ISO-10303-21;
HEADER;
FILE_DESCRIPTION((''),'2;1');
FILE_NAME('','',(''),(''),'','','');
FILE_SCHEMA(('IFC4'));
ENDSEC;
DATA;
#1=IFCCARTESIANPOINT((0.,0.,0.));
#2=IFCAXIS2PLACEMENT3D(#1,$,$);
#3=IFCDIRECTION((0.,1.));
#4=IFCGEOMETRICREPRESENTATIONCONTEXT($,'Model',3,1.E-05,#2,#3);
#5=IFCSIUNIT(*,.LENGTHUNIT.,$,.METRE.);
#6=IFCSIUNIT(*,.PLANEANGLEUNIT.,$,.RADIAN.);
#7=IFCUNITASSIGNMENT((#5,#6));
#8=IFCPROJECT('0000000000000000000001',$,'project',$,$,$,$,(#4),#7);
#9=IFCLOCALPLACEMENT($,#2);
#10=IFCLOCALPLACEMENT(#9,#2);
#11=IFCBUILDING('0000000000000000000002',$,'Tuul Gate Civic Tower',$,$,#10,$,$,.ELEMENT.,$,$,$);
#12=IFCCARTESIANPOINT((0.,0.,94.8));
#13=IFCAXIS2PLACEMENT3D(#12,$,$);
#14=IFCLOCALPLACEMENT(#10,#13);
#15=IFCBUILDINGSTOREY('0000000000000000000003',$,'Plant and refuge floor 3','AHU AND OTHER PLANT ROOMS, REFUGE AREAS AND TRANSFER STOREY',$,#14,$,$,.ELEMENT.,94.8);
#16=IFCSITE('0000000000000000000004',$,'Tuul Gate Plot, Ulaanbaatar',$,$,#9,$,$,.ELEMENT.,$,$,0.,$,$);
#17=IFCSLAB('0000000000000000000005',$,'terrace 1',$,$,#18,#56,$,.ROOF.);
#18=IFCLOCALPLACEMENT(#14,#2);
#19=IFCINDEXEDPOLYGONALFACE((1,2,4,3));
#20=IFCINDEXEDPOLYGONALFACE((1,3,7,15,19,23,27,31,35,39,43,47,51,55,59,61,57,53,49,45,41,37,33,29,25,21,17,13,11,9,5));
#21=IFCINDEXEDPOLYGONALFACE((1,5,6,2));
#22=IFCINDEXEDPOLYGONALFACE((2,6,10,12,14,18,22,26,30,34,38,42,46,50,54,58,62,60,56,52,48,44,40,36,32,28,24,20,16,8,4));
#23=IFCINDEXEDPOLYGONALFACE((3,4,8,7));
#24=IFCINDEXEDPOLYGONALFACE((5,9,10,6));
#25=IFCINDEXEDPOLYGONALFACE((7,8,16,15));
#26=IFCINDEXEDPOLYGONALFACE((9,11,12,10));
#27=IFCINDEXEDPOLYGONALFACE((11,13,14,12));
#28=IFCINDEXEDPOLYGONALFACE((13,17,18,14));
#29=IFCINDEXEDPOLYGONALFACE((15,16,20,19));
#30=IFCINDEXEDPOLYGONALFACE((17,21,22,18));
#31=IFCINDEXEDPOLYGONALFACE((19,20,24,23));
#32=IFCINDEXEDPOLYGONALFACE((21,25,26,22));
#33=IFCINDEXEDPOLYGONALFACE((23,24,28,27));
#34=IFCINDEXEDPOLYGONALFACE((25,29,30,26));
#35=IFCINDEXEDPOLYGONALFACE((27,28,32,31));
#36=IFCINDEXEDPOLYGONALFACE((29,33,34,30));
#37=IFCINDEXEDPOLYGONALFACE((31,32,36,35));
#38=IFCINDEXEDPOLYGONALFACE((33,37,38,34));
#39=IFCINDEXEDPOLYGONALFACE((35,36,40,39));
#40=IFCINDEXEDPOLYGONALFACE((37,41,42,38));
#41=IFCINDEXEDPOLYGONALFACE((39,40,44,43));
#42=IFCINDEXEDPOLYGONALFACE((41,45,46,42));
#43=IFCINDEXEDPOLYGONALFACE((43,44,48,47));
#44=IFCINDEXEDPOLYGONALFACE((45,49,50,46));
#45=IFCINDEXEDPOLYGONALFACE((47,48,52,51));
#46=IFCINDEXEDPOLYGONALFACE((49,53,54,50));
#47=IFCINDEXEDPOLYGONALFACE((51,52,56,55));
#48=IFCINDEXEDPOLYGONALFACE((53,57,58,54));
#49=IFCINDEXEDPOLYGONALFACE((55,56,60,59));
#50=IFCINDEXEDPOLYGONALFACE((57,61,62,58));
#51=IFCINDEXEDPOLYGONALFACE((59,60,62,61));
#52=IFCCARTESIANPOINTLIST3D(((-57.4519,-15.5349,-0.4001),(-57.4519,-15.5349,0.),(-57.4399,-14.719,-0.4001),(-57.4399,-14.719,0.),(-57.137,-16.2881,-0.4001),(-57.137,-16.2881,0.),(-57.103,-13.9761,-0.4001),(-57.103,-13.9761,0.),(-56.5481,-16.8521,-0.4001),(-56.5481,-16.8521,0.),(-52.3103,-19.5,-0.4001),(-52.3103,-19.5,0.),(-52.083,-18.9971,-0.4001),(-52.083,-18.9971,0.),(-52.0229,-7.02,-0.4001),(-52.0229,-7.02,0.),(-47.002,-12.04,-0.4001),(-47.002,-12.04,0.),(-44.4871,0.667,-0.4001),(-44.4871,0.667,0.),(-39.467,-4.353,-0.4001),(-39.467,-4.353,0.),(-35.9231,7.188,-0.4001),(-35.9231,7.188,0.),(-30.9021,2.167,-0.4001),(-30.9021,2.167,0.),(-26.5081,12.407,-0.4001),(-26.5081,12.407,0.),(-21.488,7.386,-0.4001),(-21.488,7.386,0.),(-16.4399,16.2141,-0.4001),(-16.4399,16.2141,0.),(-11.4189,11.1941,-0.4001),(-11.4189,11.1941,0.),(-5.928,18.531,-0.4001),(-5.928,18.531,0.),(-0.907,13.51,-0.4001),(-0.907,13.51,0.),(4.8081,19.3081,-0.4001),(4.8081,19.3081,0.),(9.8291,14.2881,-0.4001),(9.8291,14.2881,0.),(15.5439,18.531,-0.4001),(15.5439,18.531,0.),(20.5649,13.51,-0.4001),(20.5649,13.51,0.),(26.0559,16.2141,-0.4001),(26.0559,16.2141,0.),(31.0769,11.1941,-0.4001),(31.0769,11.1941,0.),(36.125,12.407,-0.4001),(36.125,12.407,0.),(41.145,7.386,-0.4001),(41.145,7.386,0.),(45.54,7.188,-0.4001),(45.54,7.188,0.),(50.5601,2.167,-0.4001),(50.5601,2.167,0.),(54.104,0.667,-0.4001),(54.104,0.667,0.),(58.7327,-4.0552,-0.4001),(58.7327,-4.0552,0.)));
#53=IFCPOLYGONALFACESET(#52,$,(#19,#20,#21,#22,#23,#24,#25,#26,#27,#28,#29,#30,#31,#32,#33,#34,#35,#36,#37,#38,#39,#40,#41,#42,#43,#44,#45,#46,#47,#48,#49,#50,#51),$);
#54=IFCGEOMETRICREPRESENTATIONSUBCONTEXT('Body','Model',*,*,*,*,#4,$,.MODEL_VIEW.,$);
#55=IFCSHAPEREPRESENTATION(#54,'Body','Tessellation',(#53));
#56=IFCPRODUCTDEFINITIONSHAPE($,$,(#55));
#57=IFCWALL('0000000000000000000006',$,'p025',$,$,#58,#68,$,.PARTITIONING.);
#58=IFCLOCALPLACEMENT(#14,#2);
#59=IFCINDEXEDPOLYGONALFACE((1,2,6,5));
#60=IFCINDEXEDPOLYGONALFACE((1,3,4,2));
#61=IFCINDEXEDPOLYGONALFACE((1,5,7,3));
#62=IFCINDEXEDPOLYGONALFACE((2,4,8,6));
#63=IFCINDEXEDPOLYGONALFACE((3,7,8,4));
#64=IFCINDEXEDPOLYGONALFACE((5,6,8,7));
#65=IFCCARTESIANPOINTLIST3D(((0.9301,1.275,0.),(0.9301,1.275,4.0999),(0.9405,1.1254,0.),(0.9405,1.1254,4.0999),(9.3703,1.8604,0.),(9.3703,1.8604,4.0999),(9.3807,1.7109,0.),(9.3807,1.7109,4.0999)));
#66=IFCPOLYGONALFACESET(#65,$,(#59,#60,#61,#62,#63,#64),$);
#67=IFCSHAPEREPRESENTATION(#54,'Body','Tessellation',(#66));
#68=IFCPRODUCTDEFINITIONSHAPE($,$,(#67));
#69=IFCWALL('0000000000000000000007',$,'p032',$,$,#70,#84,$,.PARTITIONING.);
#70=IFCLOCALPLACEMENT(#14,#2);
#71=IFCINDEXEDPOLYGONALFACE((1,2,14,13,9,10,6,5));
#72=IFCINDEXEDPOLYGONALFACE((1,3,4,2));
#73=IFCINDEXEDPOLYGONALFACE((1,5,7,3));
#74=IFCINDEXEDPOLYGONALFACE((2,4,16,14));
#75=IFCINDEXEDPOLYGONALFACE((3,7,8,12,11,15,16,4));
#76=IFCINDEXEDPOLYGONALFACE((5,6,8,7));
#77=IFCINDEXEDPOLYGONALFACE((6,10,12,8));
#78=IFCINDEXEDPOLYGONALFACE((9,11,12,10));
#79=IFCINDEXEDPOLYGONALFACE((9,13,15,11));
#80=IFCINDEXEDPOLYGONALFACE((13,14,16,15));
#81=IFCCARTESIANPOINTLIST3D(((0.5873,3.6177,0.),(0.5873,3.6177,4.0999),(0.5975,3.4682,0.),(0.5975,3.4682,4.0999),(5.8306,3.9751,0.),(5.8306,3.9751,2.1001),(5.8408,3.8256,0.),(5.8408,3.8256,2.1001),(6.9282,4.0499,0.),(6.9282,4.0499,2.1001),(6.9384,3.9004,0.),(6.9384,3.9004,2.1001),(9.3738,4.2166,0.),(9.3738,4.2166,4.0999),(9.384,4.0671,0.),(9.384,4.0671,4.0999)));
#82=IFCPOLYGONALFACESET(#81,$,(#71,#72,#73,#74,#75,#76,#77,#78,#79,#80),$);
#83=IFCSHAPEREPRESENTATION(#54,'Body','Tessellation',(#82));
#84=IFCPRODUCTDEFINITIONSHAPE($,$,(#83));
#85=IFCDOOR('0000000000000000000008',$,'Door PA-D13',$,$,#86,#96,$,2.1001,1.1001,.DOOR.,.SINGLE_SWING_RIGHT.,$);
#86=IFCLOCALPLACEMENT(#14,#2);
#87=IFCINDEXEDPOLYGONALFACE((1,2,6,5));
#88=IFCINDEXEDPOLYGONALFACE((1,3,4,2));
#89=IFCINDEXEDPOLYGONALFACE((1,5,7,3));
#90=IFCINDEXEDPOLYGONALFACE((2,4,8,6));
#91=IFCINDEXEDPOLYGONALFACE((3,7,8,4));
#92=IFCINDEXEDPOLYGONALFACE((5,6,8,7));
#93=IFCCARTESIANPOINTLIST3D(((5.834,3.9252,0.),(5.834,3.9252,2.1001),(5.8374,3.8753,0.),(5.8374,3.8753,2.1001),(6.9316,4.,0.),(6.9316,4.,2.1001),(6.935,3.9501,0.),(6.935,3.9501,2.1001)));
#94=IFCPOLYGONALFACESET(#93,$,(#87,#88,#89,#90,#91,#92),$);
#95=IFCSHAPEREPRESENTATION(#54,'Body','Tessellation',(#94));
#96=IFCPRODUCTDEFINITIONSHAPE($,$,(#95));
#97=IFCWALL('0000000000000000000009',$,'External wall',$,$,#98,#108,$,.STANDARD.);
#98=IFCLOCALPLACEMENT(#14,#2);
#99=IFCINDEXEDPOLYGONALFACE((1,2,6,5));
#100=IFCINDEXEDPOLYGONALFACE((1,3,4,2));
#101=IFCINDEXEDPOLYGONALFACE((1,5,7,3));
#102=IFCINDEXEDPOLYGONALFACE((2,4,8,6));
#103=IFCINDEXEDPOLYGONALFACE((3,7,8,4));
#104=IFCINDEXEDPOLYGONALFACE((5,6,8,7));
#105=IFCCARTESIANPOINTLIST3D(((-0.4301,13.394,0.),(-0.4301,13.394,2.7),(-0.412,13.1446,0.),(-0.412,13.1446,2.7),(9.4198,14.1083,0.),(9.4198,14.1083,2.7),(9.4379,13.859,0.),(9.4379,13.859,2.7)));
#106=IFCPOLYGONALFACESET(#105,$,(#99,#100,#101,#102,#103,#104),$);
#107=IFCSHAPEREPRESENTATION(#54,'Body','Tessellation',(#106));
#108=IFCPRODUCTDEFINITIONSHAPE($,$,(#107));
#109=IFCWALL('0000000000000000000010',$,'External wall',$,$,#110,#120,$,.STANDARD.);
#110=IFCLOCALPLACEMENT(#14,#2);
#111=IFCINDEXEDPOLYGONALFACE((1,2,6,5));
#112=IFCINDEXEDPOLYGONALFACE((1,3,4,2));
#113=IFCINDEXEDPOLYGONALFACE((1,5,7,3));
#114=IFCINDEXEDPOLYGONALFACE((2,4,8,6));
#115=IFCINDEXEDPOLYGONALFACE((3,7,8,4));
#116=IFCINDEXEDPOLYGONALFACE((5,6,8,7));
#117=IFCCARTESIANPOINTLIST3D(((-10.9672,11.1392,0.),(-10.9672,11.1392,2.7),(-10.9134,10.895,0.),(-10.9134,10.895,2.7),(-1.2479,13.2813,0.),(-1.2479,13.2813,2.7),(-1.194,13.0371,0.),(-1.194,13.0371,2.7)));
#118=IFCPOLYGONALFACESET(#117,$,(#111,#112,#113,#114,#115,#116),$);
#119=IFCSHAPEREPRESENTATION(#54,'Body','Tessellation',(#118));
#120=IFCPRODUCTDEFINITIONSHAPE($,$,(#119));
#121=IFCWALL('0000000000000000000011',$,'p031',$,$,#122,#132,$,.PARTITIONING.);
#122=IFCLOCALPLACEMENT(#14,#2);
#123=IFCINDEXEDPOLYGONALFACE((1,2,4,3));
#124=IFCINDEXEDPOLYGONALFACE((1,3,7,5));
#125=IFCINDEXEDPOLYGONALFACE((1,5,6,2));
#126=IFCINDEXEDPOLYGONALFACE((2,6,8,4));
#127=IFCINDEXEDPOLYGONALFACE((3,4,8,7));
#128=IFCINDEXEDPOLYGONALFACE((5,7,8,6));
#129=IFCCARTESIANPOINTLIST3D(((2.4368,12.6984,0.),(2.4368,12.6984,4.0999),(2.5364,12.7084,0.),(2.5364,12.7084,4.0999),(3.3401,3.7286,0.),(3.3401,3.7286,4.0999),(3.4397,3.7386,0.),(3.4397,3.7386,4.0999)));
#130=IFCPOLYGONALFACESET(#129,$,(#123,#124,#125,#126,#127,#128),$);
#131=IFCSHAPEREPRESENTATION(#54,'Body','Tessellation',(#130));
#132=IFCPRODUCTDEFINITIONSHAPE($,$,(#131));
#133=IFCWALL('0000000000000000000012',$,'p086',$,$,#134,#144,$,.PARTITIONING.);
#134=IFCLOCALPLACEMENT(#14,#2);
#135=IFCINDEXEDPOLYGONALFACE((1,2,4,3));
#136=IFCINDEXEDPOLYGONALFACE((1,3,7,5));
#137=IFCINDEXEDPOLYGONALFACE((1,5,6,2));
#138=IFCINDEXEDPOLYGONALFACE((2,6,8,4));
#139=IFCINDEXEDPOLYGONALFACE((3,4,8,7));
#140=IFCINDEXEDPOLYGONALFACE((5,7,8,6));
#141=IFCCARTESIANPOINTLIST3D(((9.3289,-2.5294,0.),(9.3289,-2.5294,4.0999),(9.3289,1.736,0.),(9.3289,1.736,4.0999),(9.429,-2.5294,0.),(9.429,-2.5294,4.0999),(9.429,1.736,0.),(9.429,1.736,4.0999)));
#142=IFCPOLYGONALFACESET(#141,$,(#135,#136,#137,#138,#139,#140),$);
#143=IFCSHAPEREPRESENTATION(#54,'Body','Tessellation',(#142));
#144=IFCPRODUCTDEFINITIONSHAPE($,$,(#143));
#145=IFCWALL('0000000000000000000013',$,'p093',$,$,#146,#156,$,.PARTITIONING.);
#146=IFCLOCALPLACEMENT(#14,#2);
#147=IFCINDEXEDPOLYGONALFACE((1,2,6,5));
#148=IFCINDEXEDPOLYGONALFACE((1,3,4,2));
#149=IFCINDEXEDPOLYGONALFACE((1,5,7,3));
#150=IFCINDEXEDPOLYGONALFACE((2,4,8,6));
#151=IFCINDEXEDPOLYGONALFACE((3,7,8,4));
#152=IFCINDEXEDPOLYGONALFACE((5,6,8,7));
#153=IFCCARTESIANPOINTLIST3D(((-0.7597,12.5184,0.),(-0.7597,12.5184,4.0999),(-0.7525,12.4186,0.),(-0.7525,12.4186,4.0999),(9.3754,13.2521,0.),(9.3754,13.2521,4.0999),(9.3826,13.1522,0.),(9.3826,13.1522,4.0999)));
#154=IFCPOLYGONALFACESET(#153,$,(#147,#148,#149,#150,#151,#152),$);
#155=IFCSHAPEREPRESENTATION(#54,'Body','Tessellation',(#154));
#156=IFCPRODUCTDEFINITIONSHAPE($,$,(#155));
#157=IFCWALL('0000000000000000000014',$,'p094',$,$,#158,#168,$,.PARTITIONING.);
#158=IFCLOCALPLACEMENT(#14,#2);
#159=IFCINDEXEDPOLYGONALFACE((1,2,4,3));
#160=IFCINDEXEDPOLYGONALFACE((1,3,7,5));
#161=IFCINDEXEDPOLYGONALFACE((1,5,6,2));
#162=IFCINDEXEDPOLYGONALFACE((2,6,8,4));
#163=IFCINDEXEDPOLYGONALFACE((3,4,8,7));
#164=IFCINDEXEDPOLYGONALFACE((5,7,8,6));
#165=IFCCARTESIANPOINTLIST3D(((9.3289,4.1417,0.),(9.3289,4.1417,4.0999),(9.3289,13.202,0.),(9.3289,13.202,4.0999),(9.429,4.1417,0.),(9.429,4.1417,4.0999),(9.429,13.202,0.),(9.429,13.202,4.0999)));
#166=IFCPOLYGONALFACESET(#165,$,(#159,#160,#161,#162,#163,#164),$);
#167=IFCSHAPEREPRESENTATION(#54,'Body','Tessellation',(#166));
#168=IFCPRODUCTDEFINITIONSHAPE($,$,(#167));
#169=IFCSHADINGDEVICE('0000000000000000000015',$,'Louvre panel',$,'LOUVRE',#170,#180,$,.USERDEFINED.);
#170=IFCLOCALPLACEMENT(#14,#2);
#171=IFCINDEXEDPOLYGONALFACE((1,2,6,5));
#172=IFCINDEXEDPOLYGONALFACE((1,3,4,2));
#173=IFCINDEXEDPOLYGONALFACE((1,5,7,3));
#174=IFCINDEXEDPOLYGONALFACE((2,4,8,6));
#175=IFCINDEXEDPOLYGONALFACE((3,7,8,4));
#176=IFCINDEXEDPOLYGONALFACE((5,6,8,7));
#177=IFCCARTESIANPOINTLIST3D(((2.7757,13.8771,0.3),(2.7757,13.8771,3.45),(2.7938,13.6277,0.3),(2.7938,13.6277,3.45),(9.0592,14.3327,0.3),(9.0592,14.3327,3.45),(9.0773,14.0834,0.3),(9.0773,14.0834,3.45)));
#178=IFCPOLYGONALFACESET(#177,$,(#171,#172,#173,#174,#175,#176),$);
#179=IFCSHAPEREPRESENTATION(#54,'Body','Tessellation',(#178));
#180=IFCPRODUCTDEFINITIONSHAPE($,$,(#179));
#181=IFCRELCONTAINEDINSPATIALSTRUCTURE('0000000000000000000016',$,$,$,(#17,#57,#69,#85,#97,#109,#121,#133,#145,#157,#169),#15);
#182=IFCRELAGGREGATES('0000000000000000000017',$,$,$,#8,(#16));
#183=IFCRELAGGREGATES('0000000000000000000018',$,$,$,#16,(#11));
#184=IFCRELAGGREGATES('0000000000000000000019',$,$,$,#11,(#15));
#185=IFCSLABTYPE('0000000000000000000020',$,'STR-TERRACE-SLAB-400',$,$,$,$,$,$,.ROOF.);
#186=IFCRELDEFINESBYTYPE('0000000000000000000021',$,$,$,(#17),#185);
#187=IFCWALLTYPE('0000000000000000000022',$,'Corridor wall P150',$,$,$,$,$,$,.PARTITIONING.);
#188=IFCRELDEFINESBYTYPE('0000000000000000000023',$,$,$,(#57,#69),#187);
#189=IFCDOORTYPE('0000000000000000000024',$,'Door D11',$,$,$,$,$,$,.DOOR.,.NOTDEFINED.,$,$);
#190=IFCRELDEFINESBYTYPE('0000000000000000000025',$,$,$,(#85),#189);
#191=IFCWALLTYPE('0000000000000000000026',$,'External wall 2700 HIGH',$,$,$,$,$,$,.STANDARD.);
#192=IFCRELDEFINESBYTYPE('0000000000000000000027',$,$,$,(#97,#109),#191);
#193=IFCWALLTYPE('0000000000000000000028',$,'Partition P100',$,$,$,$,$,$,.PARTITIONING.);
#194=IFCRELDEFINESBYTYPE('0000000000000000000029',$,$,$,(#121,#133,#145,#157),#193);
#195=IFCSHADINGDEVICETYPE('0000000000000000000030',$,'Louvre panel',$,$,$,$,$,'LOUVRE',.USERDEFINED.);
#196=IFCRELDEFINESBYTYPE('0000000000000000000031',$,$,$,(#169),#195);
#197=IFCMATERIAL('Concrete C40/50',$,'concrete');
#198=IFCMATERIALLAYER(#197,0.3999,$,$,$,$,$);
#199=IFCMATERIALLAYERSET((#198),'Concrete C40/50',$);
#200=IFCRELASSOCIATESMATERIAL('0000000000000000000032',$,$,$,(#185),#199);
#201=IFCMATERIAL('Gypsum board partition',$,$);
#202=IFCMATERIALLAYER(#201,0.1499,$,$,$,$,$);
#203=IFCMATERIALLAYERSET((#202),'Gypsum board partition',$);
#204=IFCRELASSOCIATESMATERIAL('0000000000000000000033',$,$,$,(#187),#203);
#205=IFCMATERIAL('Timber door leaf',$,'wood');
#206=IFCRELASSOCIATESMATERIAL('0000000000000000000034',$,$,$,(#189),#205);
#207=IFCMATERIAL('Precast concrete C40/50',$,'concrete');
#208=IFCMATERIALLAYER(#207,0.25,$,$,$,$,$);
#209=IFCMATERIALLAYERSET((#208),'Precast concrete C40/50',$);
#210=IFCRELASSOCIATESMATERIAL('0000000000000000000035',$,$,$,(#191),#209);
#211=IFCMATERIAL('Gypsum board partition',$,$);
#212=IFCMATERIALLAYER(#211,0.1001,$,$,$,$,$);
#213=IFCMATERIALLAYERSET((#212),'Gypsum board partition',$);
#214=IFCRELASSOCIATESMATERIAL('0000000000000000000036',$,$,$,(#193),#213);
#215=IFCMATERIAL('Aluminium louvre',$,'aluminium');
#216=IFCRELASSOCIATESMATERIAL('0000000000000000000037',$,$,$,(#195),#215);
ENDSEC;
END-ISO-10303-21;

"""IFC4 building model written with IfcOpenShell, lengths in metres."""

from ifc_helpers import new_model, si_unit, direction, frame, frame_2d, origin, origin_2d, place, context, subcontext, project, spatial, polyline, rectangle, outline, extrude, material, layer, layer_set, type_object, element, fill, save


model = new_model("IFC4")

# Units and contexts
model_context = context("Model", 3, precision=1e-05, world=origin(), true_north=direction((0.0, 1.0)))
body_context = subcontext(model_context, "Body", "Model", "MODEL_VIEW")
ifc_project = project(units=[si_unit("LENGTHUNIT", "METRE"), si_unit("PLANEANGLEUNIT", "RADIAN")], contexts=[model_context])

# Site, building, storey
site_placement = place(None, origin())
site = spatial("IfcSite", under=ifc_project, at=site_placement, Name="Tuul Gate Plot, Ulaanbaatar", CompositionType="ELEMENT", RefElevation=0.0)
building_placement = place(site_placement, origin())
building = spatial("IfcBuilding", under=site, at=building_placement, Name="Tuul Gate Civic Tower", CompositionType="ELEMENT")
storey_placement = place(building_placement, frame((0.0, 0.0, 94.8)))
storey = spatial("IfcBuildingStorey", under=building, at=storey_placement, Name="Plant and refuge floor 3", Description="AHU AND OTHER PLANT ROOMS, REFUGE AREAS AND TRANSFER STOREY", CompositionType="ELEMENT", Elevation=94.8)

# Slab
ifc_material_1 = material(Name="Concrete C40/50", Category="concrete")
ifc_layer_1 = layer(ifc_material_1, 0.3999)
ifc_layer_set_1 = layer_set([ifc_layer_1], Name="Concrete C40/50")
slab_type_1 = type_object("IfcSlabType", Name="STR-TERRACE-SLAB-400", PredefinedType="ROOF", material=ifc_layer_set_1)
slab_1_placement = place(storey_placement, frame((0.0, 0.0, -0.4001)))
element("IfcSlab", 1, at=slab_1_placement, inside=storey, type_object=slab_type_1, Name="terrace 1", PredefinedType="ROOF", context=body_context, shape_type="SweptSolid", body=[
    extrude(outline(polyline([(-56.5481, -16.8521), (-57.137, -16.2881), (-57.4519, -15.5349), (-57.4399, -14.719), (-57.103, -13.9761), (-52.0229, -7.02), (-44.4871, 0.667), (-35.9231, 7.188), (-26.5081, 12.407), (-16.4399, 16.2141), (-5.928, 18.531), (4.8081, 19.3081), (15.5439, 18.531), (26.0559, 16.2141), (36.125, 12.407), (45.54, 7.188), (54.104, 0.667), (58.7327, -4.0552), (50.5601, 2.167), (41.145, 7.386), (31.0769, 11.1941), (20.5649, 13.51), (9.8291, 14.2881), (-0.907, 13.51), (-11.4189, 11.1941), (-21.488, 7.386), (-30.9021, 2.167), (-39.467, -4.353), (-47.002, -12.04), (-52.083, -18.9971), (-52.3103, -19.5), (-56.5481, -16.8521)])), origin(), (0.0, 0.0, 1.0), 0.4001),
])

# Wall
ifc_material_2 = material(Name="Gypsum board partition")
ifc_layer_2 = layer(ifc_material_2, 0.1499)
ifc_layer_set_2 = layer_set([ifc_layer_2], Name="Gypsum board partition")
wall_type_1 = type_object("IfcWallType", Name="Corridor wall P150", PredefinedType="PARTITIONING", material=ifc_layer_set_2)
wall_1_placement = place(storey_placement, frame((0.9353, 1.2002, 0.0), z_axis=(0.0, 0.0, 1.0), x_axis=(0.997603, 0.069198, 0.0)))
element("IfcWall", 2, at=wall_1_placement, inside=storey, type_object=wall_type_1, Name="p025", PredefinedType="PARTITIONING", context=body_context, shape_type="SweptSolid", body=[
    extrude(rectangle(XDim=8.4604, YDim=0.1499, at=frame_2d((4.2302, 0.0))), origin(), (0.0, 0.0, 1.0), 4.0999),
])

# Wall, opening, door
wall_2_placement = place(storey_placement, frame((0.5925, 3.543, 0.0), z_axis=(0.0, 0.0, 1.0), x_axis=(0.997685, 0.068002, 0.0)))
wall_2 = element("IfcWall", 3, at=wall_2_placement, inside=storey, type_object=wall_type_1, Name="p032", PredefinedType="PARTITIONING", context=body_context, shape_type="SweptSolid", body=[
    extrude(rectangle(XDim=8.8069, YDim=0.1499, at=frame_2d((4.4033, 0.0))), origin(), (0.0, 0.0, 1.0), 4.0999),
])
opening_placement = place(wall_2_placement, frame((5.2554, 0.0, 0.0)))
opening = element("IfcOpeningElement", 4, at=opening_placement, cuts=wall_2, PredefinedType="OPENING", context=body_context, shape_type="SweptSolid", body=[
    extrude(rectangle(XDim=1.1001, YDim=2.1001, at=frame_2d((0.55, 1.05))), frame((0.0, 0.085, 0.0), z_axis=(0.0, -1.0, 0.0), x_axis=(1.0, 0.0, 0.0)), (0.0, 0.0, 1.0), 0.1699),
])
ifc_material_3 = material(Name="Timber door leaf", Category="wood")
door_type = type_object("IfcDoorType", Name="Door D11", OperationType="NOTDEFINED", PredefinedType="DOOR", material=ifc_material_3)
door_placement = place(opening_placement, origin())
door = element("IfcDoor", 5, at=door_placement, inside=storey, type_object=door_type, Name="Door PA-D13", OperationType="SINGLE_SWING_RIGHT", OverallHeight=2.1001, OverallWidth=1.1001, PredefinedType="DOOR", context=body_context, shape_type="SweptSolid", body=[
    extrude(rectangle(XDim=1.1001, YDim=2.1001, at=frame_2d((0.55, 1.05))), frame((0.0, 0.0249, 0.0), z_axis=(0.0, -1.0, 0.0), x_axis=(1.0, 0.0, 0.0)), (0.0, 0.0, 1.0), 0.05),
])
fill(opening, door)

# Walls
ifc_material_4 = material(Name="Precast concrete C40/50", Category="concrete")
ifc_layer_3 = layer(ifc_material_4, 0.25)
ifc_layer_set_3 = layer_set([ifc_layer_3], Name="Precast concrete C40/50")
wall_type_2 = type_object("IfcWallType", Name="External wall 2700 HIGH", PredefinedType="STANDARD", material=ifc_layer_set_3)
wall_3_placement = place(storey_placement, frame((9.429, 13.9836, 0.0), z_axis=(0.0, 0.0, 1.0), x_axis=(-0.99738, -0.072334, 0.0)))
element("IfcWall", 6, at=wall_3_placement, inside=storey, type_object=wall_type_2, Name="External wall", PredefinedType="STANDARD", context=body_context, shape_type="SweptSolid", body=[
    extrude(rectangle(XDim=9.8757, YDim=0.25, at=frame_2d((4.938, 0.0))), origin(), (0.0, 0.0, 1.0), 2.7),
])
wall_4_placement = place(storey_placement, frame((-1.2209, 13.1592, 0.0), z_axis=(0.0, 0.0, 1.0), x_axis=(-0.976564, -0.215226, 0.0)))
element("IfcWall", 7, at=wall_4_placement, inside=storey, type_object=wall_type_2, Name="External wall", PredefinedType="STANDARD", context=body_context, shape_type="SweptSolid", body=[
    extrude(rectangle(XDim=9.9526, YDim=0.25, at=frame_2d((4.9763, 0.0))), origin(), (0.0, 0.0, 1.0), 2.7),
])
ifc_material_5 = material(Name="Gypsum board partition")
ifc_layer_4 = layer(ifc_material_5, 0.1001)
ifc_layer_set_4 = layer_set([ifc_layer_4], Name="Gypsum board partition")
wall_type_3 = type_object("IfcWallType", Name="Partition P100", PredefinedType="PARTITIONING", material=ifc_layer_set_4)
wall_5_placement = place(storey_placement, frame((2.4866, 12.7034, 0.0), z_axis=(0.0, 0.0, 1.0), x_axis=(0.100201, -0.994967, 0.0)))
element("IfcWall", 8, at=wall_5_placement, inside=storey, type_object=wall_type_3, Name="p031", PredefinedType="PARTITIONING", context=body_context, shape_type="SweptSolid", body=[
    extrude(rectangle(XDim=9.0151, YDim=0.1001, at=frame_2d((4.5076, 0.0))), origin(), (0.0, 0.0, 1.0), 4.0999),
])
wall_6_placement = place(storey_placement, frame((9.3789, 1.7361, 0.0), z_axis=(0.0, 0.0, 1.0), x_axis=(0.0, -1.0, 0.0)))
element("IfcWall", 9, at=wall_6_placement, inside=storey, type_object=wall_type_3, Name="p086", PredefinedType="PARTITIONING", context=body_context, shape_type="SweptSolid", body=[
    extrude(rectangle(XDim=4.2654, YDim=0.1001, at=frame_2d((2.1328, 0.0))), origin(), (0.0, 0.0, 1.0), 4.0999),
])
wall_7_placement = place(storey_placement, frame((-0.7561, 12.4685, 0.0), z_axis=(0.0, 0.0, 1.0), x_axis=(0.99739, 0.072198, 0.0)))
element("IfcWall", 10, at=wall_7_placement, inside=storey, type_object=wall_type_3, Name="p093", PredefinedType="PARTITIONING", context=body_context, shape_type="SweptSolid", body=[
    extrude(rectangle(XDim=10.1616, YDim=0.1001, at=frame_2d((5.0808, 0.0))), origin(), (0.0, 0.0, 1.0), 4.0999),
])
wall_8_placement = place(storey_placement, frame((9.3789, 13.2021, 0.0), z_axis=(0.0, 0.0, 1.0), x_axis=(0.0, -1.0, 0.0)))
element("IfcWall", 11, at=wall_8_placement, inside=storey, type_object=wall_type_3, Name="p094", PredefinedType="PARTITIONING", context=body_context, shape_type="SweptSolid", body=[
    extrude(rectangle(XDim=9.0603, YDim=0.1001, at=frame_2d((4.5303, 0.0))), origin(), (0.0, 0.0, 1.0), 4.0999),
])

# Shading device
ifc_material_6 = material(Name="Aluminium louvre", Category="aluminium")
shading_device_type = type_object("IfcShadingDeviceType", Name="Louvre panel", ElementType="LOUVRE", PredefinedType="USERDEFINED", material=ifc_material_6)
shading_device_placement = place(storey_placement, frame((5.9265, 13.9802, 0.3), z_axis=(0.0, 0.0, 1.0), x_axis=(-0.072325, 0.997381, 0.0)))
element("IfcShadingDevice", 12, at=shading_device_placement, inside=storey, type_object=shading_device_type, Name="Louvre panel", ObjectType="LOUVRE", PredefinedType="USERDEFINED", context=body_context, shape_type="SweptSolid", body=[
    extrude(rectangle(XDim=0.25, YDim=6.3, at=origin_2d()), origin(), (0.0, 0.0, 1.0), 3.1499),
])

save(model, "model.ifc")
